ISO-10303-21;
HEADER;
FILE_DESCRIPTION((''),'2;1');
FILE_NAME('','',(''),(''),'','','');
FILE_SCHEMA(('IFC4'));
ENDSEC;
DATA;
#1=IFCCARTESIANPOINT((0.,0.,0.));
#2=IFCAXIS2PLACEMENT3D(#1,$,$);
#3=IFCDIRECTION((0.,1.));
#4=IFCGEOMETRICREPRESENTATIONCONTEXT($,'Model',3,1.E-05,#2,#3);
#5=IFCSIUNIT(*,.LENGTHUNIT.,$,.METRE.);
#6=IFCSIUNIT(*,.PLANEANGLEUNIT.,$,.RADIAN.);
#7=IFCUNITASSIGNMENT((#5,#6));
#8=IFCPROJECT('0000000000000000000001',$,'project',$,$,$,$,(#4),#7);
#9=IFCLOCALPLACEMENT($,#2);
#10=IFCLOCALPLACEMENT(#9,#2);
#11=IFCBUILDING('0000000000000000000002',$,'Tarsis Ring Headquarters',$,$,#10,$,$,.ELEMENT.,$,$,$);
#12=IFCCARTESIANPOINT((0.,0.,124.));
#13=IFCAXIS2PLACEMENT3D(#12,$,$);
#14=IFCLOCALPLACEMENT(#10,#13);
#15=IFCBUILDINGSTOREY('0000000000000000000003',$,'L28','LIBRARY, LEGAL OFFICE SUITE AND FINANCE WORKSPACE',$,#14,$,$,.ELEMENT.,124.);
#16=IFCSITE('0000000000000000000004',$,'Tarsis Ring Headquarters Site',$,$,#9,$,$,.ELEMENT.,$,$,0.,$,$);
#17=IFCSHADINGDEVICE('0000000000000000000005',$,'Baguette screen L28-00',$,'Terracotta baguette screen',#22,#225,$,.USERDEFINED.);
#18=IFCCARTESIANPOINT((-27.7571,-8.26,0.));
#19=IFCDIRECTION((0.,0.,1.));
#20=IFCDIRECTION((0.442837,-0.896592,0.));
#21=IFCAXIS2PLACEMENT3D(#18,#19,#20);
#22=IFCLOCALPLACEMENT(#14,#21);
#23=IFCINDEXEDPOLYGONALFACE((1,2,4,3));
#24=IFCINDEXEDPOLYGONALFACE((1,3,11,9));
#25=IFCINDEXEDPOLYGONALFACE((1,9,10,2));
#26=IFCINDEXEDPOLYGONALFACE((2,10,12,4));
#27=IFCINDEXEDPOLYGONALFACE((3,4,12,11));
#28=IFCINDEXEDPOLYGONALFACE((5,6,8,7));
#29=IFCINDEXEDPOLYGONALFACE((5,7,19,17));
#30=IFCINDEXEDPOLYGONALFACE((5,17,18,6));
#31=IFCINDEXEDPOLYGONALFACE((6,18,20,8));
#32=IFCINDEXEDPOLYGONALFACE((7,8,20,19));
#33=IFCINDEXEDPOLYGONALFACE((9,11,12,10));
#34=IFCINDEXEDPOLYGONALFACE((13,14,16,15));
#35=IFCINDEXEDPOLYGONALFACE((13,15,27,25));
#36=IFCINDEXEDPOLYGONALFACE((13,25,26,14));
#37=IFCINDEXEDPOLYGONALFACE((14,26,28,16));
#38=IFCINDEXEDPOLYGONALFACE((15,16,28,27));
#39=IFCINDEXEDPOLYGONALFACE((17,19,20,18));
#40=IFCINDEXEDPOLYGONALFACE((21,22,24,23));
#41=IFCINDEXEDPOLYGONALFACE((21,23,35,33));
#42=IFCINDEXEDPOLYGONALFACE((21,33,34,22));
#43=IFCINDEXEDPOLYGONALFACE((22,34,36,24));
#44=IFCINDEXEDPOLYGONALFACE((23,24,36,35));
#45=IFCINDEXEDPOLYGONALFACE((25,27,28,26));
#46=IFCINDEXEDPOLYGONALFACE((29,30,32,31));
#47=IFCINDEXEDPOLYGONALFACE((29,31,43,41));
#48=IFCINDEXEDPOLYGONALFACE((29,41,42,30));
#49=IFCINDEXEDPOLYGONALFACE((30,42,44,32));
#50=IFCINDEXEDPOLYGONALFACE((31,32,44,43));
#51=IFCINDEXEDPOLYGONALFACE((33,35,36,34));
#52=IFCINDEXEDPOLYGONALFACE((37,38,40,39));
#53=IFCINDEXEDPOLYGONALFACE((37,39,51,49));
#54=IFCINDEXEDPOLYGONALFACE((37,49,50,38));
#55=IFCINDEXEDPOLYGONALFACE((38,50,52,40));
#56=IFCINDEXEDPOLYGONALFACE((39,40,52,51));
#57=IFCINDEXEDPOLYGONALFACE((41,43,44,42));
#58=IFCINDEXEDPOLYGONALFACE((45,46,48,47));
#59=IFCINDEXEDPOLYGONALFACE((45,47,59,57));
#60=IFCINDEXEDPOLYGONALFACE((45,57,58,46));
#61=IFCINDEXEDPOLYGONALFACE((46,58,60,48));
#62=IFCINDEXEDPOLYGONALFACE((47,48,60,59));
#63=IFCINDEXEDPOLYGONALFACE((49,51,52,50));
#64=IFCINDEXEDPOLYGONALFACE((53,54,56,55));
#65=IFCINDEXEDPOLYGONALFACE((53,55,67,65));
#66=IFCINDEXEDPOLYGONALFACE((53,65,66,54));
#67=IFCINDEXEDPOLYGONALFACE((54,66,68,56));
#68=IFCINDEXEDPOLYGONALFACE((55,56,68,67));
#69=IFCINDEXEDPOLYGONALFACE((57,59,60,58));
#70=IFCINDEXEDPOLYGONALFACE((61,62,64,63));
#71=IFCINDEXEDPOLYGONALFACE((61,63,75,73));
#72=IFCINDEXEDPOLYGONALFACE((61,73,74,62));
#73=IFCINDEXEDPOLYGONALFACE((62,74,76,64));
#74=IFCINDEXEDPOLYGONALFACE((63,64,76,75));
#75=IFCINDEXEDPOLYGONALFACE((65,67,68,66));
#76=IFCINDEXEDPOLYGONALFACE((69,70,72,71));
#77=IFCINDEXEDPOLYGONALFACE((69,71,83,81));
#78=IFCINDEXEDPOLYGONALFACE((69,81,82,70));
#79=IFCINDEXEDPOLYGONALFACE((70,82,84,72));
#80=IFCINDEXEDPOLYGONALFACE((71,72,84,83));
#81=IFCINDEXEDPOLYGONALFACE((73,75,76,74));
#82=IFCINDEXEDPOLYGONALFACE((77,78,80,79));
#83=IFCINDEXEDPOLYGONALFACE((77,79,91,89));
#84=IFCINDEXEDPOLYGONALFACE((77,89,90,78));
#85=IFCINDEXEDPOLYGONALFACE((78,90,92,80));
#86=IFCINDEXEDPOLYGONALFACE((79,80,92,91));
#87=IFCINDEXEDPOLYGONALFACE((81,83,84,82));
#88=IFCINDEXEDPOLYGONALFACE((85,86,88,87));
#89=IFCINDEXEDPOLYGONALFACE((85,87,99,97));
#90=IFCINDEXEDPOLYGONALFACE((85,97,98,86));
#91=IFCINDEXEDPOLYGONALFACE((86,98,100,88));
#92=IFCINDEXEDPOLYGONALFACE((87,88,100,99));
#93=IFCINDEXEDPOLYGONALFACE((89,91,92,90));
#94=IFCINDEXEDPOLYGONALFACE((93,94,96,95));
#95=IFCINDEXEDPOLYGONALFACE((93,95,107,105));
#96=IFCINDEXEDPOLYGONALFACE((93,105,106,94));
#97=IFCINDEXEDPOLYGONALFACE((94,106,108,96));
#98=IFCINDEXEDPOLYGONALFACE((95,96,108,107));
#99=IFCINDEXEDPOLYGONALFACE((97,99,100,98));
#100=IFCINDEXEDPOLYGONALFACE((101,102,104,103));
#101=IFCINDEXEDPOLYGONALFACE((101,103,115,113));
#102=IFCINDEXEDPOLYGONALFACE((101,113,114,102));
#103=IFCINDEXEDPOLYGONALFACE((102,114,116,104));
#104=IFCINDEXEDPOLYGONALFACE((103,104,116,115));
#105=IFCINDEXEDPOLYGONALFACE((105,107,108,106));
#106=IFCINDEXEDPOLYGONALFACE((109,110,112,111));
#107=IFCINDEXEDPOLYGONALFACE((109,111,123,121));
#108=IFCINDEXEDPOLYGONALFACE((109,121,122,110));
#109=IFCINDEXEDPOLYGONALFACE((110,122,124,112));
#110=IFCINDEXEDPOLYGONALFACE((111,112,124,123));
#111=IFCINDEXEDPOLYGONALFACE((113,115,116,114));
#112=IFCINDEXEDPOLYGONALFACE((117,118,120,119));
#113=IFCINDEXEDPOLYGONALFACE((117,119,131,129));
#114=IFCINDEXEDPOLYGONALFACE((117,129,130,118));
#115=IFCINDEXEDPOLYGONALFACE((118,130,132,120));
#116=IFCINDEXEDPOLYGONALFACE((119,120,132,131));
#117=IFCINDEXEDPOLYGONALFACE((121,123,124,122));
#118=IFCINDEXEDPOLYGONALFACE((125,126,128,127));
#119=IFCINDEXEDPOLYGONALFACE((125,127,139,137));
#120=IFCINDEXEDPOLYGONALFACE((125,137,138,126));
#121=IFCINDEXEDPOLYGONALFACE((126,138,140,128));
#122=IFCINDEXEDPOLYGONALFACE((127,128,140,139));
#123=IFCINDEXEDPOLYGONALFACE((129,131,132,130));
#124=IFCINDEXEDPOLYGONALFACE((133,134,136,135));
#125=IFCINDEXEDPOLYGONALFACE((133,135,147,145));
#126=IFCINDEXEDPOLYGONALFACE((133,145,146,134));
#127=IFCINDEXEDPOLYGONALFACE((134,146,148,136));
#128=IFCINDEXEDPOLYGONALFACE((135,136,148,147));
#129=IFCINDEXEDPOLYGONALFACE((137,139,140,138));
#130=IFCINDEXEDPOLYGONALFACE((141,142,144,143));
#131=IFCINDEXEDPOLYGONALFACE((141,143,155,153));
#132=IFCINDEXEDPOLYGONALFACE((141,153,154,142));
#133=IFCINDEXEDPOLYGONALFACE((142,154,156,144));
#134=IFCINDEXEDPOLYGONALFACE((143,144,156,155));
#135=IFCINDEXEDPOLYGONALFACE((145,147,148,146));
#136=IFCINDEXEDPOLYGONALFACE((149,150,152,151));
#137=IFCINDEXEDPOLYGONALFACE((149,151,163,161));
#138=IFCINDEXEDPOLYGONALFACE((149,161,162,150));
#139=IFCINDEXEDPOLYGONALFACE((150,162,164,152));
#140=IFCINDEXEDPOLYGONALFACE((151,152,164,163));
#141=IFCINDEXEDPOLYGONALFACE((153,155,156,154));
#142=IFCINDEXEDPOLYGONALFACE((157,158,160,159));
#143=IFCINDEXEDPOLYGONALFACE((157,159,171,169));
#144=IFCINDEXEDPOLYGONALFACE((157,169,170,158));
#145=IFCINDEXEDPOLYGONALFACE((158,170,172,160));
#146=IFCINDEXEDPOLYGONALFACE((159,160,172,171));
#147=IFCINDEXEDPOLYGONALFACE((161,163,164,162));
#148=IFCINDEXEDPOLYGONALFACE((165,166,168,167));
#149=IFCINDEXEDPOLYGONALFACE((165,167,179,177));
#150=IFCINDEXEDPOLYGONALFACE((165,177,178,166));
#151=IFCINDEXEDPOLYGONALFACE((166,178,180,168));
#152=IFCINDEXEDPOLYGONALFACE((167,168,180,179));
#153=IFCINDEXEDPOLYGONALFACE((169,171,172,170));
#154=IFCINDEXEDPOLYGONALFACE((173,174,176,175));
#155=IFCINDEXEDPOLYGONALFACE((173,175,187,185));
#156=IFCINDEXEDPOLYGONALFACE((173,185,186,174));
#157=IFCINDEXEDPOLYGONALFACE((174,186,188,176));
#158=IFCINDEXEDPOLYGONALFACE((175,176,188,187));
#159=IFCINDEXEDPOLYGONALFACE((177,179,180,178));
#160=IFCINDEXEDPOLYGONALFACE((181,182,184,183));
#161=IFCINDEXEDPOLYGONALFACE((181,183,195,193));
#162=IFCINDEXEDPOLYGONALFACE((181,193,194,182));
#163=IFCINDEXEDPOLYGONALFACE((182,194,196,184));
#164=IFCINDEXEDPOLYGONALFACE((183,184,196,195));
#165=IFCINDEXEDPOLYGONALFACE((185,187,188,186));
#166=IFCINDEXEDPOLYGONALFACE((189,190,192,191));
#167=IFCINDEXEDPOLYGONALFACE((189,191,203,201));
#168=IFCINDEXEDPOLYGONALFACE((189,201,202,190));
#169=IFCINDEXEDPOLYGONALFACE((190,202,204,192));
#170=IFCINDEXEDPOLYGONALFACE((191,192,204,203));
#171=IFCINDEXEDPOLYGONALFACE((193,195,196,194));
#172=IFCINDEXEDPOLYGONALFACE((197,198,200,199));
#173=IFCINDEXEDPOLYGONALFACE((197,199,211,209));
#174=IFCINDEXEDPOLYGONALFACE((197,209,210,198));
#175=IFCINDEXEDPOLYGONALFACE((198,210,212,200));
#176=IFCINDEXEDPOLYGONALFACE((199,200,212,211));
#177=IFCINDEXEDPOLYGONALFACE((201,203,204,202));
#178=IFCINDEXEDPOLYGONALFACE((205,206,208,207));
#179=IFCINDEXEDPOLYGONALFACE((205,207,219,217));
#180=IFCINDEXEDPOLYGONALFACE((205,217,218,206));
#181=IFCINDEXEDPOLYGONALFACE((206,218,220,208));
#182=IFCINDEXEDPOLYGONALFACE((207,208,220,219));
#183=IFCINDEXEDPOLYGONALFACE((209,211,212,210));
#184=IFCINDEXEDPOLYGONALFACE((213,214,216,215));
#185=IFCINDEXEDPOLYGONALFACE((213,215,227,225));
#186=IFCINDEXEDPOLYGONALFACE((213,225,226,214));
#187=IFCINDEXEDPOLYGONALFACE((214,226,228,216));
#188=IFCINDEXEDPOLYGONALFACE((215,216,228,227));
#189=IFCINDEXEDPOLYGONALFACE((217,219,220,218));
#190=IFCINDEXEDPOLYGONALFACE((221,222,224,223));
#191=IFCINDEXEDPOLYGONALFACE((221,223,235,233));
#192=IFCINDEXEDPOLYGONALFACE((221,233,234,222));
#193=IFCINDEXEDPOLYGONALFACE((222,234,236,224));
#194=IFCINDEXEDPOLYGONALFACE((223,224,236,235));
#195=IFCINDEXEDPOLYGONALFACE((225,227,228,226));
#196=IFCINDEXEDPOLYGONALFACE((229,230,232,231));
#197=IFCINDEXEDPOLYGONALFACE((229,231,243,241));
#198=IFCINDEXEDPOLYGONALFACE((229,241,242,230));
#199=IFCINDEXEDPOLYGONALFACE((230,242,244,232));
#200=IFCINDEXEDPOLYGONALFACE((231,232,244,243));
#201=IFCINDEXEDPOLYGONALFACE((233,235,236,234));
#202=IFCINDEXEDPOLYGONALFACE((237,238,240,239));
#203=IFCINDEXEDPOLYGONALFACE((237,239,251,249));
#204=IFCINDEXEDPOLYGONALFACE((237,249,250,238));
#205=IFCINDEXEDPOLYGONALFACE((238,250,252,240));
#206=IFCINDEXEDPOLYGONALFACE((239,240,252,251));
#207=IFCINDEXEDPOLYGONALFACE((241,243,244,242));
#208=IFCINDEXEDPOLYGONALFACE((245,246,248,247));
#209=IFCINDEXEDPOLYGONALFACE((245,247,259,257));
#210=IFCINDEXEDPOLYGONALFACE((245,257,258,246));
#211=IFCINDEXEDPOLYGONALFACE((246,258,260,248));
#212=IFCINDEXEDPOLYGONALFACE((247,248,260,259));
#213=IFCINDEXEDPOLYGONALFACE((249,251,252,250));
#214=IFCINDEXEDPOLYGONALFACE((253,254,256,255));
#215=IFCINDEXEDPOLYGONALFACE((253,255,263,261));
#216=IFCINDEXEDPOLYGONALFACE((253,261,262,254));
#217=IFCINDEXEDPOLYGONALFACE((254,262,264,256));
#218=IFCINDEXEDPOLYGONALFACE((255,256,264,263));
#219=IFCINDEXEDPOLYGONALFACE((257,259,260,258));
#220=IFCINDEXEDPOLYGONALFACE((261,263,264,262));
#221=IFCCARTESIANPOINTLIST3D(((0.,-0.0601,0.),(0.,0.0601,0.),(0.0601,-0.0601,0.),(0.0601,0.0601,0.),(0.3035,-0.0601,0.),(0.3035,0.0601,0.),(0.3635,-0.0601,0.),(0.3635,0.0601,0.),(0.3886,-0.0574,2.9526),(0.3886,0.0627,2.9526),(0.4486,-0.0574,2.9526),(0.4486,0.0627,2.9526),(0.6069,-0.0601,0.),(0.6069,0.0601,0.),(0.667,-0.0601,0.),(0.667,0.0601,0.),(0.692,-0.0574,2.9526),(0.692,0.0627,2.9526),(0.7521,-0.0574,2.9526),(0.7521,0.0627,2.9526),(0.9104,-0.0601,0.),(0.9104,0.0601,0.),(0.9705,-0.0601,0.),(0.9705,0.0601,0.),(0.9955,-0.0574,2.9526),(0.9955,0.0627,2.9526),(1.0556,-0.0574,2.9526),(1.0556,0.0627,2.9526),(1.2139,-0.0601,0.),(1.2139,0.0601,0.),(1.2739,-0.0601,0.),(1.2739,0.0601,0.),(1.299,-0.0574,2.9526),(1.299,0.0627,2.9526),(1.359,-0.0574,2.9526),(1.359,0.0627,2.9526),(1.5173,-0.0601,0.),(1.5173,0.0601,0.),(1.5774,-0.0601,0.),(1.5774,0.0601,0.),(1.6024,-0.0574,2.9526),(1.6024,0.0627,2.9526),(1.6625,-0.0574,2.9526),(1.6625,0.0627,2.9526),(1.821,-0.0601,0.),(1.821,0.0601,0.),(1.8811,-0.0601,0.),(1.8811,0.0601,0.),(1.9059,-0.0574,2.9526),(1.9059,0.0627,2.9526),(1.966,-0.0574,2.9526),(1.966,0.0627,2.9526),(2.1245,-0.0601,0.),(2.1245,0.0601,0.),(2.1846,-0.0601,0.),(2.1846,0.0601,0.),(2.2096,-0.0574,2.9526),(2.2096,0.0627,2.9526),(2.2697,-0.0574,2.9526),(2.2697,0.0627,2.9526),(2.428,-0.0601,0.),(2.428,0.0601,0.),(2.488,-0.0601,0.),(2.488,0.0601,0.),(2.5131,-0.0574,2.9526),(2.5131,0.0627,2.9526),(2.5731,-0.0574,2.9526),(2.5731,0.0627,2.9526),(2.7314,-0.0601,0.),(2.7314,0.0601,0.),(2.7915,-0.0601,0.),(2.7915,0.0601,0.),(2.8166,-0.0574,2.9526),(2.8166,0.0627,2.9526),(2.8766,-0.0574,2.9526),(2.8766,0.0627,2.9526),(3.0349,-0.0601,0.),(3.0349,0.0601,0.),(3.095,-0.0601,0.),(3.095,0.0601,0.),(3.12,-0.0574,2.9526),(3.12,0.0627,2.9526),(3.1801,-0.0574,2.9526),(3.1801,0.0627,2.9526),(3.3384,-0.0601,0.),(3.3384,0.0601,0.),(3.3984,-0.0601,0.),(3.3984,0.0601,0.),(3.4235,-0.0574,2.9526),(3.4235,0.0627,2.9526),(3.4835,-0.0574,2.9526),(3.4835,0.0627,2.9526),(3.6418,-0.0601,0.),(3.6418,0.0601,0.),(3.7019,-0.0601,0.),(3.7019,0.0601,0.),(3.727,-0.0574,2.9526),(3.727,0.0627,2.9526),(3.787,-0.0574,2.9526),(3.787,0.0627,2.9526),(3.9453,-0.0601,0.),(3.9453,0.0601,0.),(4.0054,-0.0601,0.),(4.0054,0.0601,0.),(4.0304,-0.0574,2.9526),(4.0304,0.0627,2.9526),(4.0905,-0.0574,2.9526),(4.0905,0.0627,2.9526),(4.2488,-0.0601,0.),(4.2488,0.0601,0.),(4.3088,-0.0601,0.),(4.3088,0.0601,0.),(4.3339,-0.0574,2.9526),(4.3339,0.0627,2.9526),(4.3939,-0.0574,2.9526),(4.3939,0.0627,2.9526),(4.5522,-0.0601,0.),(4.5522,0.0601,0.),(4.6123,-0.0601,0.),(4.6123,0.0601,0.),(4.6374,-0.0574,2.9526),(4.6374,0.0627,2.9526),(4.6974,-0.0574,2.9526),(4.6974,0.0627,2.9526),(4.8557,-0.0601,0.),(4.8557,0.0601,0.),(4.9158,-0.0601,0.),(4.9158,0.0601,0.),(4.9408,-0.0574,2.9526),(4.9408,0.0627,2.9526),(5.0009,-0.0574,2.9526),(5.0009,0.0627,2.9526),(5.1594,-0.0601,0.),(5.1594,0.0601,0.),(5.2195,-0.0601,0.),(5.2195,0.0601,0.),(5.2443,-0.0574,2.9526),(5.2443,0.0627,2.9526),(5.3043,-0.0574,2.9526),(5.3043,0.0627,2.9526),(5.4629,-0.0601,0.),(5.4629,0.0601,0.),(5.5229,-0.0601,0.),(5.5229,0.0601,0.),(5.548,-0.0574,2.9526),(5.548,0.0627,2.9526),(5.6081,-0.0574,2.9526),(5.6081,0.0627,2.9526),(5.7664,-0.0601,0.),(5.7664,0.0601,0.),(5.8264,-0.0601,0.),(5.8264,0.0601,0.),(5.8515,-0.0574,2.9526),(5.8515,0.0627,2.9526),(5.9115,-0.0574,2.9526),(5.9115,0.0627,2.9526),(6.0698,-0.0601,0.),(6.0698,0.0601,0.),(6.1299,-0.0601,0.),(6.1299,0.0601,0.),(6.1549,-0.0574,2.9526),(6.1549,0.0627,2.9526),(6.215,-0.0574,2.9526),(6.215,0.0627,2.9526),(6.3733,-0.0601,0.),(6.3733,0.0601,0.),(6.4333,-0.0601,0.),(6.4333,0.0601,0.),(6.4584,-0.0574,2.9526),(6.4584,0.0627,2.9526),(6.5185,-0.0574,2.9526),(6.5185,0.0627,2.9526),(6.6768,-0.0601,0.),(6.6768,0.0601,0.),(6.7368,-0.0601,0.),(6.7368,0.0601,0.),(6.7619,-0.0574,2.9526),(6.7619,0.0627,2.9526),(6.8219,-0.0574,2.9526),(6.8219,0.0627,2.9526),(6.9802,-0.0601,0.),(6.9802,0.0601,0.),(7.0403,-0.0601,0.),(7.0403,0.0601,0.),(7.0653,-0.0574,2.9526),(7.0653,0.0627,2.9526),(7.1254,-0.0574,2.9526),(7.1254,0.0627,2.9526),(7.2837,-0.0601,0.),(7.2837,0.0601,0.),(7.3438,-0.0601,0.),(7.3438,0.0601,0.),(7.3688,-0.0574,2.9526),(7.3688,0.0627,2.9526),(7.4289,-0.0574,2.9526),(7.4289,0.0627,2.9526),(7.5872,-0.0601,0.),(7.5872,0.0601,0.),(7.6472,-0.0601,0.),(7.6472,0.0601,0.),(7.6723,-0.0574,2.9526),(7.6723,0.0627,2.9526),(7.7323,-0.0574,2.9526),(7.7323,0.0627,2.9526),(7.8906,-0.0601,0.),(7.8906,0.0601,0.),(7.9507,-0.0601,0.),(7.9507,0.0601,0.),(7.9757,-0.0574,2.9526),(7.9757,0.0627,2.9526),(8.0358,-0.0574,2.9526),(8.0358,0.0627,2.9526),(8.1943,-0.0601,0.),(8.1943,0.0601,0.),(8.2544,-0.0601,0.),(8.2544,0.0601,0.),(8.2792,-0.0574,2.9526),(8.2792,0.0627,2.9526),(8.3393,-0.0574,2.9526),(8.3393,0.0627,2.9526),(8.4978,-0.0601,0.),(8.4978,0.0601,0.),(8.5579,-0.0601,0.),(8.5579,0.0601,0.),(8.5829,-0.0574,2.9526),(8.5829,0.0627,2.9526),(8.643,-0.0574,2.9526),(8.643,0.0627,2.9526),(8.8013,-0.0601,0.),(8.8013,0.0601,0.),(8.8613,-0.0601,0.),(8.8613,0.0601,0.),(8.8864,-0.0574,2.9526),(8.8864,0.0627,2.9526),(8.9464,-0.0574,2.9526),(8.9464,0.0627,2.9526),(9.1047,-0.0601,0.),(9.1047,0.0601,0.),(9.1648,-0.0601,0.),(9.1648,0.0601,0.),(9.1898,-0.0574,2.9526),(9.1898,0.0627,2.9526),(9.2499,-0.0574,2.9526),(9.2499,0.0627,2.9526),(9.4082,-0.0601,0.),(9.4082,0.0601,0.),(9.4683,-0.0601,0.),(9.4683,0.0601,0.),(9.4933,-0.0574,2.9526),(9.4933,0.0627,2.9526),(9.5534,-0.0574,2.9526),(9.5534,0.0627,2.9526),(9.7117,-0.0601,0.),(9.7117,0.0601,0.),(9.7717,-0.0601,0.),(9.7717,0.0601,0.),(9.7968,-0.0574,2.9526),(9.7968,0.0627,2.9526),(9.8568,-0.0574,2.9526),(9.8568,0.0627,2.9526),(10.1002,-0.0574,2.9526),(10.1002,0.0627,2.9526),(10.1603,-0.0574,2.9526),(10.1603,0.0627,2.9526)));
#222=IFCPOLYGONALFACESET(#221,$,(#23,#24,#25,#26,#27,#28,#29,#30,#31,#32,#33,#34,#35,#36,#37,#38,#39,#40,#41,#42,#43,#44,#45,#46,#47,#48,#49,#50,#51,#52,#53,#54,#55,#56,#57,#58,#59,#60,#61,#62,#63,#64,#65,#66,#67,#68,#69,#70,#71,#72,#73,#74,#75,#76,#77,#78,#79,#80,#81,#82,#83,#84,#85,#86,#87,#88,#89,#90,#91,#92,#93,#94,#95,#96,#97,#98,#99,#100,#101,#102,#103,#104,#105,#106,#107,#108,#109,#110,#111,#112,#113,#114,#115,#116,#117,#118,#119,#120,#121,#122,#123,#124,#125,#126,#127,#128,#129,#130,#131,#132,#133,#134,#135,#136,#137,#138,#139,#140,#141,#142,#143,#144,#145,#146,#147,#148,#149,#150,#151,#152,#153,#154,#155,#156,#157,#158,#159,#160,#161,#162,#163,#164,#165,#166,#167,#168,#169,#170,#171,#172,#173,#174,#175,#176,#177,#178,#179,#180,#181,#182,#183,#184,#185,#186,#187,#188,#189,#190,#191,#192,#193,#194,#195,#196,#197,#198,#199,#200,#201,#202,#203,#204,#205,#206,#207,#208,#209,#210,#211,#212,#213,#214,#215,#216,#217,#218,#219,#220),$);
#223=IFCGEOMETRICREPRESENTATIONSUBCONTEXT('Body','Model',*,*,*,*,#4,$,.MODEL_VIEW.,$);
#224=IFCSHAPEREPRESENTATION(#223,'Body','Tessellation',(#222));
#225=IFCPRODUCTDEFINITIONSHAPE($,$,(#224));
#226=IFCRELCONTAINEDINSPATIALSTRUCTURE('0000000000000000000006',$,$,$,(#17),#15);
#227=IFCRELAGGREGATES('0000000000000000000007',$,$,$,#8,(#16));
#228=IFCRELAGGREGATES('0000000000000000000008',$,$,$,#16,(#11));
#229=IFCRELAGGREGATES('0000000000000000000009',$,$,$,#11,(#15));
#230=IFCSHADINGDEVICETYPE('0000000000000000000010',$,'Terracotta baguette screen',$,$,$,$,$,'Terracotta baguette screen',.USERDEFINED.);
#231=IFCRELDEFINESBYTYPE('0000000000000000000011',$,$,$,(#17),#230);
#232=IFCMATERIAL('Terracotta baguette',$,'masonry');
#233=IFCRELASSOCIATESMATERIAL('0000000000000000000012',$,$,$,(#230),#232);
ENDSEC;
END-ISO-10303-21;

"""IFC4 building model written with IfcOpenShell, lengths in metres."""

from ifc_helpers import new_model, si_unit, direction, frame, frame_2d, origin, place, context, subcontext, project, spatial, rectangle, composite_profile, extrude, material, type_object, element, save


model = new_model("IFC4")

# Units and contexts
model_context = context("Model", 3, precision=1e-05, world=origin(), true_north=direction((0.0, 1.0)))
body_context = subcontext(model_context, "Body", "Model", "MODEL_VIEW")
ifc_project = project(units=[si_unit("LENGTHUNIT", "METRE"), si_unit("PLANEANGLEUNIT", "RADIAN")], contexts=[model_context])

# Site, building, storey
site_placement = place(None, origin())
site = spatial("IfcSite", under=ifc_project, at=site_placement, Name="Tarsis Ring Headquarters Site", CompositionType="ELEMENT", RefElevation=0.0)
building_placement = place(site_placement, origin())
building = spatial("IfcBuilding", under=site, at=building_placement, Name="Tarsis Ring Headquarters", CompositionType="ELEMENT")
storey_placement = place(building_placement, frame((0.0, 0.0, 124.0)))
storey = spatial("IfcBuildingStorey", under=building, at=storey_placement, Name="L28", Description="LIBRARY, LEGAL OFFICE SUITE AND FINANCE WORKSPACE", CompositionType="ELEMENT", Elevation=124.0)

# Shading device
ifc_material_1 = material(Name="Terracotta baguette", Category="masonry")
shading_device_type = type_object("IfcShadingDeviceType", Name="Terracotta baguette screen", ElementType="Terracotta baguette screen", PredefinedType="USERDEFINED", material=ifc_material_1)
shading_device_placement = place(storey_placement, frame((-27.7571, -8.26, 0.0), z_axis=(0.0, 0.0, 1.0), x_axis=(0.442837, -0.896592, 0.0)))
element("IfcShadingDevice", 1, at=shading_device_placement, inside=storey, type_object=shading_device_type, Name="Baguette screen L28-00", ObjectType="Terracotta baguette screen", PredefinedType="USERDEFINED", context=body_context, shape_type="SweptSolid", body=[
    extrude(composite_profile([rectangle(XDim=0.0601, YDim=0.1201, at=frame_2d((0.03, 0.0))), rectangle(XDim=0.0601, YDim=0.1201, at=frame_2d((0.3335, 0.0))), rectangle(XDim=0.0601, YDim=0.1201, at=frame_2d((0.637, 0.0))), rectangle(XDim=0.0601, YDim=0.1201, at=frame_2d((0.9404, 0.0))), rectangle(XDim=0.0601, YDim=0.1201, at=frame_2d((1.2439, 0.0))), rectangle(XDim=0.0601, YDim=0.1201, at=frame_2d((1.5474, 0.0))), rectangle(XDim=0.0601, YDim=0.1201, at=frame_2d((1.8511, 0.0))), rectangle(XDim=0.0601, YDim=0.1201, at=frame_2d((2.1545, 0.0))), rectangle(XDim=0.0601, YDim=0.1201, at=frame_2d((2.458, 0.0))), rectangle(XDim=0.0601, YDim=0.1201, at=frame_2d((2.7615, 0.0))), rectangle(XDim=0.0601, YDim=0.1201, at=frame_2d((3.0649, 0.0))), rectangle(XDim=0.0601, YDim=0.1201, at=frame_2d((3.3684, 0.0))), rectangle(XDim=0.0601, YDim=0.1201, at=frame_2d((3.6719, 0.0))), rectangle(XDim=0.0601, YDim=0.1201, at=frame_2d((3.9753, 0.0))), rectangle(XDim=0.0601, YDim=0.1201, at=frame_2d((4.2788, 0.0))), rectangle(XDim=0.0601, YDim=0.1201, at=frame_2d((4.5823, 0.0))), rectangle(XDim=0.0601, YDim=0.1201, at=frame_2d((4.8857, 0.0))), rectangle(XDim=0.0601, YDim=0.1201, at=frame_2d((5.1895, 0.0))), rectangle(XDim=0.0601, YDim=0.1201, at=frame_2d((5.4929, 0.0))), rectangle(XDim=0.0601, YDim=0.1201, at=frame_2d((5.7964, 0.0))), rectangle(XDim=0.0601, YDim=0.1201, at=frame_2d((6.0999, 0.0))), rectangle(XDim=0.0601, YDim=0.1201, at=frame_2d((6.4033, 0.0))), rectangle(XDim=0.0601, YDim=0.1201, at=frame_2d((6.7068, 0.0))), rectangle(XDim=0.0601, YDim=0.1201, at=frame_2d((7.0103, 0.0))), rectangle(XDim=0.0601, YDim=0.1201, at=frame_2d((7.3137, 0.0))), rectangle(XDim=0.0601, YDim=0.1201, at=frame_2d((7.6172, 0.0))), rectangle(XDim=0.0601, YDim=0.1201, at=frame_2d((7.9207, 0.0))), rectangle(XDim=0.0601, YDim=0.1201, at=frame_2d((8.2244, 0.0))), rectangle(XDim=0.0601, YDim=0.1201, at=frame_2d((8.5278, 0.0))), rectangle(XDim=0.0601, YDim=0.1201, at=frame_2d((8.8313, 0.0))), rectangle(XDim=0.0601, YDim=0.1201, at=frame_2d((9.1348, 0.0))), rectangle(XDim=0.0601, YDim=0.1201, at=frame_2d((9.4382, 0.0))), rectangle(XDim=0.0601, YDim=0.1201, at=frame_2d((9.7417, 0.0)))]), origin(), (0.13048, 0.000887, 0.991451), 2.978),
])

save(model, "model.ifc")
